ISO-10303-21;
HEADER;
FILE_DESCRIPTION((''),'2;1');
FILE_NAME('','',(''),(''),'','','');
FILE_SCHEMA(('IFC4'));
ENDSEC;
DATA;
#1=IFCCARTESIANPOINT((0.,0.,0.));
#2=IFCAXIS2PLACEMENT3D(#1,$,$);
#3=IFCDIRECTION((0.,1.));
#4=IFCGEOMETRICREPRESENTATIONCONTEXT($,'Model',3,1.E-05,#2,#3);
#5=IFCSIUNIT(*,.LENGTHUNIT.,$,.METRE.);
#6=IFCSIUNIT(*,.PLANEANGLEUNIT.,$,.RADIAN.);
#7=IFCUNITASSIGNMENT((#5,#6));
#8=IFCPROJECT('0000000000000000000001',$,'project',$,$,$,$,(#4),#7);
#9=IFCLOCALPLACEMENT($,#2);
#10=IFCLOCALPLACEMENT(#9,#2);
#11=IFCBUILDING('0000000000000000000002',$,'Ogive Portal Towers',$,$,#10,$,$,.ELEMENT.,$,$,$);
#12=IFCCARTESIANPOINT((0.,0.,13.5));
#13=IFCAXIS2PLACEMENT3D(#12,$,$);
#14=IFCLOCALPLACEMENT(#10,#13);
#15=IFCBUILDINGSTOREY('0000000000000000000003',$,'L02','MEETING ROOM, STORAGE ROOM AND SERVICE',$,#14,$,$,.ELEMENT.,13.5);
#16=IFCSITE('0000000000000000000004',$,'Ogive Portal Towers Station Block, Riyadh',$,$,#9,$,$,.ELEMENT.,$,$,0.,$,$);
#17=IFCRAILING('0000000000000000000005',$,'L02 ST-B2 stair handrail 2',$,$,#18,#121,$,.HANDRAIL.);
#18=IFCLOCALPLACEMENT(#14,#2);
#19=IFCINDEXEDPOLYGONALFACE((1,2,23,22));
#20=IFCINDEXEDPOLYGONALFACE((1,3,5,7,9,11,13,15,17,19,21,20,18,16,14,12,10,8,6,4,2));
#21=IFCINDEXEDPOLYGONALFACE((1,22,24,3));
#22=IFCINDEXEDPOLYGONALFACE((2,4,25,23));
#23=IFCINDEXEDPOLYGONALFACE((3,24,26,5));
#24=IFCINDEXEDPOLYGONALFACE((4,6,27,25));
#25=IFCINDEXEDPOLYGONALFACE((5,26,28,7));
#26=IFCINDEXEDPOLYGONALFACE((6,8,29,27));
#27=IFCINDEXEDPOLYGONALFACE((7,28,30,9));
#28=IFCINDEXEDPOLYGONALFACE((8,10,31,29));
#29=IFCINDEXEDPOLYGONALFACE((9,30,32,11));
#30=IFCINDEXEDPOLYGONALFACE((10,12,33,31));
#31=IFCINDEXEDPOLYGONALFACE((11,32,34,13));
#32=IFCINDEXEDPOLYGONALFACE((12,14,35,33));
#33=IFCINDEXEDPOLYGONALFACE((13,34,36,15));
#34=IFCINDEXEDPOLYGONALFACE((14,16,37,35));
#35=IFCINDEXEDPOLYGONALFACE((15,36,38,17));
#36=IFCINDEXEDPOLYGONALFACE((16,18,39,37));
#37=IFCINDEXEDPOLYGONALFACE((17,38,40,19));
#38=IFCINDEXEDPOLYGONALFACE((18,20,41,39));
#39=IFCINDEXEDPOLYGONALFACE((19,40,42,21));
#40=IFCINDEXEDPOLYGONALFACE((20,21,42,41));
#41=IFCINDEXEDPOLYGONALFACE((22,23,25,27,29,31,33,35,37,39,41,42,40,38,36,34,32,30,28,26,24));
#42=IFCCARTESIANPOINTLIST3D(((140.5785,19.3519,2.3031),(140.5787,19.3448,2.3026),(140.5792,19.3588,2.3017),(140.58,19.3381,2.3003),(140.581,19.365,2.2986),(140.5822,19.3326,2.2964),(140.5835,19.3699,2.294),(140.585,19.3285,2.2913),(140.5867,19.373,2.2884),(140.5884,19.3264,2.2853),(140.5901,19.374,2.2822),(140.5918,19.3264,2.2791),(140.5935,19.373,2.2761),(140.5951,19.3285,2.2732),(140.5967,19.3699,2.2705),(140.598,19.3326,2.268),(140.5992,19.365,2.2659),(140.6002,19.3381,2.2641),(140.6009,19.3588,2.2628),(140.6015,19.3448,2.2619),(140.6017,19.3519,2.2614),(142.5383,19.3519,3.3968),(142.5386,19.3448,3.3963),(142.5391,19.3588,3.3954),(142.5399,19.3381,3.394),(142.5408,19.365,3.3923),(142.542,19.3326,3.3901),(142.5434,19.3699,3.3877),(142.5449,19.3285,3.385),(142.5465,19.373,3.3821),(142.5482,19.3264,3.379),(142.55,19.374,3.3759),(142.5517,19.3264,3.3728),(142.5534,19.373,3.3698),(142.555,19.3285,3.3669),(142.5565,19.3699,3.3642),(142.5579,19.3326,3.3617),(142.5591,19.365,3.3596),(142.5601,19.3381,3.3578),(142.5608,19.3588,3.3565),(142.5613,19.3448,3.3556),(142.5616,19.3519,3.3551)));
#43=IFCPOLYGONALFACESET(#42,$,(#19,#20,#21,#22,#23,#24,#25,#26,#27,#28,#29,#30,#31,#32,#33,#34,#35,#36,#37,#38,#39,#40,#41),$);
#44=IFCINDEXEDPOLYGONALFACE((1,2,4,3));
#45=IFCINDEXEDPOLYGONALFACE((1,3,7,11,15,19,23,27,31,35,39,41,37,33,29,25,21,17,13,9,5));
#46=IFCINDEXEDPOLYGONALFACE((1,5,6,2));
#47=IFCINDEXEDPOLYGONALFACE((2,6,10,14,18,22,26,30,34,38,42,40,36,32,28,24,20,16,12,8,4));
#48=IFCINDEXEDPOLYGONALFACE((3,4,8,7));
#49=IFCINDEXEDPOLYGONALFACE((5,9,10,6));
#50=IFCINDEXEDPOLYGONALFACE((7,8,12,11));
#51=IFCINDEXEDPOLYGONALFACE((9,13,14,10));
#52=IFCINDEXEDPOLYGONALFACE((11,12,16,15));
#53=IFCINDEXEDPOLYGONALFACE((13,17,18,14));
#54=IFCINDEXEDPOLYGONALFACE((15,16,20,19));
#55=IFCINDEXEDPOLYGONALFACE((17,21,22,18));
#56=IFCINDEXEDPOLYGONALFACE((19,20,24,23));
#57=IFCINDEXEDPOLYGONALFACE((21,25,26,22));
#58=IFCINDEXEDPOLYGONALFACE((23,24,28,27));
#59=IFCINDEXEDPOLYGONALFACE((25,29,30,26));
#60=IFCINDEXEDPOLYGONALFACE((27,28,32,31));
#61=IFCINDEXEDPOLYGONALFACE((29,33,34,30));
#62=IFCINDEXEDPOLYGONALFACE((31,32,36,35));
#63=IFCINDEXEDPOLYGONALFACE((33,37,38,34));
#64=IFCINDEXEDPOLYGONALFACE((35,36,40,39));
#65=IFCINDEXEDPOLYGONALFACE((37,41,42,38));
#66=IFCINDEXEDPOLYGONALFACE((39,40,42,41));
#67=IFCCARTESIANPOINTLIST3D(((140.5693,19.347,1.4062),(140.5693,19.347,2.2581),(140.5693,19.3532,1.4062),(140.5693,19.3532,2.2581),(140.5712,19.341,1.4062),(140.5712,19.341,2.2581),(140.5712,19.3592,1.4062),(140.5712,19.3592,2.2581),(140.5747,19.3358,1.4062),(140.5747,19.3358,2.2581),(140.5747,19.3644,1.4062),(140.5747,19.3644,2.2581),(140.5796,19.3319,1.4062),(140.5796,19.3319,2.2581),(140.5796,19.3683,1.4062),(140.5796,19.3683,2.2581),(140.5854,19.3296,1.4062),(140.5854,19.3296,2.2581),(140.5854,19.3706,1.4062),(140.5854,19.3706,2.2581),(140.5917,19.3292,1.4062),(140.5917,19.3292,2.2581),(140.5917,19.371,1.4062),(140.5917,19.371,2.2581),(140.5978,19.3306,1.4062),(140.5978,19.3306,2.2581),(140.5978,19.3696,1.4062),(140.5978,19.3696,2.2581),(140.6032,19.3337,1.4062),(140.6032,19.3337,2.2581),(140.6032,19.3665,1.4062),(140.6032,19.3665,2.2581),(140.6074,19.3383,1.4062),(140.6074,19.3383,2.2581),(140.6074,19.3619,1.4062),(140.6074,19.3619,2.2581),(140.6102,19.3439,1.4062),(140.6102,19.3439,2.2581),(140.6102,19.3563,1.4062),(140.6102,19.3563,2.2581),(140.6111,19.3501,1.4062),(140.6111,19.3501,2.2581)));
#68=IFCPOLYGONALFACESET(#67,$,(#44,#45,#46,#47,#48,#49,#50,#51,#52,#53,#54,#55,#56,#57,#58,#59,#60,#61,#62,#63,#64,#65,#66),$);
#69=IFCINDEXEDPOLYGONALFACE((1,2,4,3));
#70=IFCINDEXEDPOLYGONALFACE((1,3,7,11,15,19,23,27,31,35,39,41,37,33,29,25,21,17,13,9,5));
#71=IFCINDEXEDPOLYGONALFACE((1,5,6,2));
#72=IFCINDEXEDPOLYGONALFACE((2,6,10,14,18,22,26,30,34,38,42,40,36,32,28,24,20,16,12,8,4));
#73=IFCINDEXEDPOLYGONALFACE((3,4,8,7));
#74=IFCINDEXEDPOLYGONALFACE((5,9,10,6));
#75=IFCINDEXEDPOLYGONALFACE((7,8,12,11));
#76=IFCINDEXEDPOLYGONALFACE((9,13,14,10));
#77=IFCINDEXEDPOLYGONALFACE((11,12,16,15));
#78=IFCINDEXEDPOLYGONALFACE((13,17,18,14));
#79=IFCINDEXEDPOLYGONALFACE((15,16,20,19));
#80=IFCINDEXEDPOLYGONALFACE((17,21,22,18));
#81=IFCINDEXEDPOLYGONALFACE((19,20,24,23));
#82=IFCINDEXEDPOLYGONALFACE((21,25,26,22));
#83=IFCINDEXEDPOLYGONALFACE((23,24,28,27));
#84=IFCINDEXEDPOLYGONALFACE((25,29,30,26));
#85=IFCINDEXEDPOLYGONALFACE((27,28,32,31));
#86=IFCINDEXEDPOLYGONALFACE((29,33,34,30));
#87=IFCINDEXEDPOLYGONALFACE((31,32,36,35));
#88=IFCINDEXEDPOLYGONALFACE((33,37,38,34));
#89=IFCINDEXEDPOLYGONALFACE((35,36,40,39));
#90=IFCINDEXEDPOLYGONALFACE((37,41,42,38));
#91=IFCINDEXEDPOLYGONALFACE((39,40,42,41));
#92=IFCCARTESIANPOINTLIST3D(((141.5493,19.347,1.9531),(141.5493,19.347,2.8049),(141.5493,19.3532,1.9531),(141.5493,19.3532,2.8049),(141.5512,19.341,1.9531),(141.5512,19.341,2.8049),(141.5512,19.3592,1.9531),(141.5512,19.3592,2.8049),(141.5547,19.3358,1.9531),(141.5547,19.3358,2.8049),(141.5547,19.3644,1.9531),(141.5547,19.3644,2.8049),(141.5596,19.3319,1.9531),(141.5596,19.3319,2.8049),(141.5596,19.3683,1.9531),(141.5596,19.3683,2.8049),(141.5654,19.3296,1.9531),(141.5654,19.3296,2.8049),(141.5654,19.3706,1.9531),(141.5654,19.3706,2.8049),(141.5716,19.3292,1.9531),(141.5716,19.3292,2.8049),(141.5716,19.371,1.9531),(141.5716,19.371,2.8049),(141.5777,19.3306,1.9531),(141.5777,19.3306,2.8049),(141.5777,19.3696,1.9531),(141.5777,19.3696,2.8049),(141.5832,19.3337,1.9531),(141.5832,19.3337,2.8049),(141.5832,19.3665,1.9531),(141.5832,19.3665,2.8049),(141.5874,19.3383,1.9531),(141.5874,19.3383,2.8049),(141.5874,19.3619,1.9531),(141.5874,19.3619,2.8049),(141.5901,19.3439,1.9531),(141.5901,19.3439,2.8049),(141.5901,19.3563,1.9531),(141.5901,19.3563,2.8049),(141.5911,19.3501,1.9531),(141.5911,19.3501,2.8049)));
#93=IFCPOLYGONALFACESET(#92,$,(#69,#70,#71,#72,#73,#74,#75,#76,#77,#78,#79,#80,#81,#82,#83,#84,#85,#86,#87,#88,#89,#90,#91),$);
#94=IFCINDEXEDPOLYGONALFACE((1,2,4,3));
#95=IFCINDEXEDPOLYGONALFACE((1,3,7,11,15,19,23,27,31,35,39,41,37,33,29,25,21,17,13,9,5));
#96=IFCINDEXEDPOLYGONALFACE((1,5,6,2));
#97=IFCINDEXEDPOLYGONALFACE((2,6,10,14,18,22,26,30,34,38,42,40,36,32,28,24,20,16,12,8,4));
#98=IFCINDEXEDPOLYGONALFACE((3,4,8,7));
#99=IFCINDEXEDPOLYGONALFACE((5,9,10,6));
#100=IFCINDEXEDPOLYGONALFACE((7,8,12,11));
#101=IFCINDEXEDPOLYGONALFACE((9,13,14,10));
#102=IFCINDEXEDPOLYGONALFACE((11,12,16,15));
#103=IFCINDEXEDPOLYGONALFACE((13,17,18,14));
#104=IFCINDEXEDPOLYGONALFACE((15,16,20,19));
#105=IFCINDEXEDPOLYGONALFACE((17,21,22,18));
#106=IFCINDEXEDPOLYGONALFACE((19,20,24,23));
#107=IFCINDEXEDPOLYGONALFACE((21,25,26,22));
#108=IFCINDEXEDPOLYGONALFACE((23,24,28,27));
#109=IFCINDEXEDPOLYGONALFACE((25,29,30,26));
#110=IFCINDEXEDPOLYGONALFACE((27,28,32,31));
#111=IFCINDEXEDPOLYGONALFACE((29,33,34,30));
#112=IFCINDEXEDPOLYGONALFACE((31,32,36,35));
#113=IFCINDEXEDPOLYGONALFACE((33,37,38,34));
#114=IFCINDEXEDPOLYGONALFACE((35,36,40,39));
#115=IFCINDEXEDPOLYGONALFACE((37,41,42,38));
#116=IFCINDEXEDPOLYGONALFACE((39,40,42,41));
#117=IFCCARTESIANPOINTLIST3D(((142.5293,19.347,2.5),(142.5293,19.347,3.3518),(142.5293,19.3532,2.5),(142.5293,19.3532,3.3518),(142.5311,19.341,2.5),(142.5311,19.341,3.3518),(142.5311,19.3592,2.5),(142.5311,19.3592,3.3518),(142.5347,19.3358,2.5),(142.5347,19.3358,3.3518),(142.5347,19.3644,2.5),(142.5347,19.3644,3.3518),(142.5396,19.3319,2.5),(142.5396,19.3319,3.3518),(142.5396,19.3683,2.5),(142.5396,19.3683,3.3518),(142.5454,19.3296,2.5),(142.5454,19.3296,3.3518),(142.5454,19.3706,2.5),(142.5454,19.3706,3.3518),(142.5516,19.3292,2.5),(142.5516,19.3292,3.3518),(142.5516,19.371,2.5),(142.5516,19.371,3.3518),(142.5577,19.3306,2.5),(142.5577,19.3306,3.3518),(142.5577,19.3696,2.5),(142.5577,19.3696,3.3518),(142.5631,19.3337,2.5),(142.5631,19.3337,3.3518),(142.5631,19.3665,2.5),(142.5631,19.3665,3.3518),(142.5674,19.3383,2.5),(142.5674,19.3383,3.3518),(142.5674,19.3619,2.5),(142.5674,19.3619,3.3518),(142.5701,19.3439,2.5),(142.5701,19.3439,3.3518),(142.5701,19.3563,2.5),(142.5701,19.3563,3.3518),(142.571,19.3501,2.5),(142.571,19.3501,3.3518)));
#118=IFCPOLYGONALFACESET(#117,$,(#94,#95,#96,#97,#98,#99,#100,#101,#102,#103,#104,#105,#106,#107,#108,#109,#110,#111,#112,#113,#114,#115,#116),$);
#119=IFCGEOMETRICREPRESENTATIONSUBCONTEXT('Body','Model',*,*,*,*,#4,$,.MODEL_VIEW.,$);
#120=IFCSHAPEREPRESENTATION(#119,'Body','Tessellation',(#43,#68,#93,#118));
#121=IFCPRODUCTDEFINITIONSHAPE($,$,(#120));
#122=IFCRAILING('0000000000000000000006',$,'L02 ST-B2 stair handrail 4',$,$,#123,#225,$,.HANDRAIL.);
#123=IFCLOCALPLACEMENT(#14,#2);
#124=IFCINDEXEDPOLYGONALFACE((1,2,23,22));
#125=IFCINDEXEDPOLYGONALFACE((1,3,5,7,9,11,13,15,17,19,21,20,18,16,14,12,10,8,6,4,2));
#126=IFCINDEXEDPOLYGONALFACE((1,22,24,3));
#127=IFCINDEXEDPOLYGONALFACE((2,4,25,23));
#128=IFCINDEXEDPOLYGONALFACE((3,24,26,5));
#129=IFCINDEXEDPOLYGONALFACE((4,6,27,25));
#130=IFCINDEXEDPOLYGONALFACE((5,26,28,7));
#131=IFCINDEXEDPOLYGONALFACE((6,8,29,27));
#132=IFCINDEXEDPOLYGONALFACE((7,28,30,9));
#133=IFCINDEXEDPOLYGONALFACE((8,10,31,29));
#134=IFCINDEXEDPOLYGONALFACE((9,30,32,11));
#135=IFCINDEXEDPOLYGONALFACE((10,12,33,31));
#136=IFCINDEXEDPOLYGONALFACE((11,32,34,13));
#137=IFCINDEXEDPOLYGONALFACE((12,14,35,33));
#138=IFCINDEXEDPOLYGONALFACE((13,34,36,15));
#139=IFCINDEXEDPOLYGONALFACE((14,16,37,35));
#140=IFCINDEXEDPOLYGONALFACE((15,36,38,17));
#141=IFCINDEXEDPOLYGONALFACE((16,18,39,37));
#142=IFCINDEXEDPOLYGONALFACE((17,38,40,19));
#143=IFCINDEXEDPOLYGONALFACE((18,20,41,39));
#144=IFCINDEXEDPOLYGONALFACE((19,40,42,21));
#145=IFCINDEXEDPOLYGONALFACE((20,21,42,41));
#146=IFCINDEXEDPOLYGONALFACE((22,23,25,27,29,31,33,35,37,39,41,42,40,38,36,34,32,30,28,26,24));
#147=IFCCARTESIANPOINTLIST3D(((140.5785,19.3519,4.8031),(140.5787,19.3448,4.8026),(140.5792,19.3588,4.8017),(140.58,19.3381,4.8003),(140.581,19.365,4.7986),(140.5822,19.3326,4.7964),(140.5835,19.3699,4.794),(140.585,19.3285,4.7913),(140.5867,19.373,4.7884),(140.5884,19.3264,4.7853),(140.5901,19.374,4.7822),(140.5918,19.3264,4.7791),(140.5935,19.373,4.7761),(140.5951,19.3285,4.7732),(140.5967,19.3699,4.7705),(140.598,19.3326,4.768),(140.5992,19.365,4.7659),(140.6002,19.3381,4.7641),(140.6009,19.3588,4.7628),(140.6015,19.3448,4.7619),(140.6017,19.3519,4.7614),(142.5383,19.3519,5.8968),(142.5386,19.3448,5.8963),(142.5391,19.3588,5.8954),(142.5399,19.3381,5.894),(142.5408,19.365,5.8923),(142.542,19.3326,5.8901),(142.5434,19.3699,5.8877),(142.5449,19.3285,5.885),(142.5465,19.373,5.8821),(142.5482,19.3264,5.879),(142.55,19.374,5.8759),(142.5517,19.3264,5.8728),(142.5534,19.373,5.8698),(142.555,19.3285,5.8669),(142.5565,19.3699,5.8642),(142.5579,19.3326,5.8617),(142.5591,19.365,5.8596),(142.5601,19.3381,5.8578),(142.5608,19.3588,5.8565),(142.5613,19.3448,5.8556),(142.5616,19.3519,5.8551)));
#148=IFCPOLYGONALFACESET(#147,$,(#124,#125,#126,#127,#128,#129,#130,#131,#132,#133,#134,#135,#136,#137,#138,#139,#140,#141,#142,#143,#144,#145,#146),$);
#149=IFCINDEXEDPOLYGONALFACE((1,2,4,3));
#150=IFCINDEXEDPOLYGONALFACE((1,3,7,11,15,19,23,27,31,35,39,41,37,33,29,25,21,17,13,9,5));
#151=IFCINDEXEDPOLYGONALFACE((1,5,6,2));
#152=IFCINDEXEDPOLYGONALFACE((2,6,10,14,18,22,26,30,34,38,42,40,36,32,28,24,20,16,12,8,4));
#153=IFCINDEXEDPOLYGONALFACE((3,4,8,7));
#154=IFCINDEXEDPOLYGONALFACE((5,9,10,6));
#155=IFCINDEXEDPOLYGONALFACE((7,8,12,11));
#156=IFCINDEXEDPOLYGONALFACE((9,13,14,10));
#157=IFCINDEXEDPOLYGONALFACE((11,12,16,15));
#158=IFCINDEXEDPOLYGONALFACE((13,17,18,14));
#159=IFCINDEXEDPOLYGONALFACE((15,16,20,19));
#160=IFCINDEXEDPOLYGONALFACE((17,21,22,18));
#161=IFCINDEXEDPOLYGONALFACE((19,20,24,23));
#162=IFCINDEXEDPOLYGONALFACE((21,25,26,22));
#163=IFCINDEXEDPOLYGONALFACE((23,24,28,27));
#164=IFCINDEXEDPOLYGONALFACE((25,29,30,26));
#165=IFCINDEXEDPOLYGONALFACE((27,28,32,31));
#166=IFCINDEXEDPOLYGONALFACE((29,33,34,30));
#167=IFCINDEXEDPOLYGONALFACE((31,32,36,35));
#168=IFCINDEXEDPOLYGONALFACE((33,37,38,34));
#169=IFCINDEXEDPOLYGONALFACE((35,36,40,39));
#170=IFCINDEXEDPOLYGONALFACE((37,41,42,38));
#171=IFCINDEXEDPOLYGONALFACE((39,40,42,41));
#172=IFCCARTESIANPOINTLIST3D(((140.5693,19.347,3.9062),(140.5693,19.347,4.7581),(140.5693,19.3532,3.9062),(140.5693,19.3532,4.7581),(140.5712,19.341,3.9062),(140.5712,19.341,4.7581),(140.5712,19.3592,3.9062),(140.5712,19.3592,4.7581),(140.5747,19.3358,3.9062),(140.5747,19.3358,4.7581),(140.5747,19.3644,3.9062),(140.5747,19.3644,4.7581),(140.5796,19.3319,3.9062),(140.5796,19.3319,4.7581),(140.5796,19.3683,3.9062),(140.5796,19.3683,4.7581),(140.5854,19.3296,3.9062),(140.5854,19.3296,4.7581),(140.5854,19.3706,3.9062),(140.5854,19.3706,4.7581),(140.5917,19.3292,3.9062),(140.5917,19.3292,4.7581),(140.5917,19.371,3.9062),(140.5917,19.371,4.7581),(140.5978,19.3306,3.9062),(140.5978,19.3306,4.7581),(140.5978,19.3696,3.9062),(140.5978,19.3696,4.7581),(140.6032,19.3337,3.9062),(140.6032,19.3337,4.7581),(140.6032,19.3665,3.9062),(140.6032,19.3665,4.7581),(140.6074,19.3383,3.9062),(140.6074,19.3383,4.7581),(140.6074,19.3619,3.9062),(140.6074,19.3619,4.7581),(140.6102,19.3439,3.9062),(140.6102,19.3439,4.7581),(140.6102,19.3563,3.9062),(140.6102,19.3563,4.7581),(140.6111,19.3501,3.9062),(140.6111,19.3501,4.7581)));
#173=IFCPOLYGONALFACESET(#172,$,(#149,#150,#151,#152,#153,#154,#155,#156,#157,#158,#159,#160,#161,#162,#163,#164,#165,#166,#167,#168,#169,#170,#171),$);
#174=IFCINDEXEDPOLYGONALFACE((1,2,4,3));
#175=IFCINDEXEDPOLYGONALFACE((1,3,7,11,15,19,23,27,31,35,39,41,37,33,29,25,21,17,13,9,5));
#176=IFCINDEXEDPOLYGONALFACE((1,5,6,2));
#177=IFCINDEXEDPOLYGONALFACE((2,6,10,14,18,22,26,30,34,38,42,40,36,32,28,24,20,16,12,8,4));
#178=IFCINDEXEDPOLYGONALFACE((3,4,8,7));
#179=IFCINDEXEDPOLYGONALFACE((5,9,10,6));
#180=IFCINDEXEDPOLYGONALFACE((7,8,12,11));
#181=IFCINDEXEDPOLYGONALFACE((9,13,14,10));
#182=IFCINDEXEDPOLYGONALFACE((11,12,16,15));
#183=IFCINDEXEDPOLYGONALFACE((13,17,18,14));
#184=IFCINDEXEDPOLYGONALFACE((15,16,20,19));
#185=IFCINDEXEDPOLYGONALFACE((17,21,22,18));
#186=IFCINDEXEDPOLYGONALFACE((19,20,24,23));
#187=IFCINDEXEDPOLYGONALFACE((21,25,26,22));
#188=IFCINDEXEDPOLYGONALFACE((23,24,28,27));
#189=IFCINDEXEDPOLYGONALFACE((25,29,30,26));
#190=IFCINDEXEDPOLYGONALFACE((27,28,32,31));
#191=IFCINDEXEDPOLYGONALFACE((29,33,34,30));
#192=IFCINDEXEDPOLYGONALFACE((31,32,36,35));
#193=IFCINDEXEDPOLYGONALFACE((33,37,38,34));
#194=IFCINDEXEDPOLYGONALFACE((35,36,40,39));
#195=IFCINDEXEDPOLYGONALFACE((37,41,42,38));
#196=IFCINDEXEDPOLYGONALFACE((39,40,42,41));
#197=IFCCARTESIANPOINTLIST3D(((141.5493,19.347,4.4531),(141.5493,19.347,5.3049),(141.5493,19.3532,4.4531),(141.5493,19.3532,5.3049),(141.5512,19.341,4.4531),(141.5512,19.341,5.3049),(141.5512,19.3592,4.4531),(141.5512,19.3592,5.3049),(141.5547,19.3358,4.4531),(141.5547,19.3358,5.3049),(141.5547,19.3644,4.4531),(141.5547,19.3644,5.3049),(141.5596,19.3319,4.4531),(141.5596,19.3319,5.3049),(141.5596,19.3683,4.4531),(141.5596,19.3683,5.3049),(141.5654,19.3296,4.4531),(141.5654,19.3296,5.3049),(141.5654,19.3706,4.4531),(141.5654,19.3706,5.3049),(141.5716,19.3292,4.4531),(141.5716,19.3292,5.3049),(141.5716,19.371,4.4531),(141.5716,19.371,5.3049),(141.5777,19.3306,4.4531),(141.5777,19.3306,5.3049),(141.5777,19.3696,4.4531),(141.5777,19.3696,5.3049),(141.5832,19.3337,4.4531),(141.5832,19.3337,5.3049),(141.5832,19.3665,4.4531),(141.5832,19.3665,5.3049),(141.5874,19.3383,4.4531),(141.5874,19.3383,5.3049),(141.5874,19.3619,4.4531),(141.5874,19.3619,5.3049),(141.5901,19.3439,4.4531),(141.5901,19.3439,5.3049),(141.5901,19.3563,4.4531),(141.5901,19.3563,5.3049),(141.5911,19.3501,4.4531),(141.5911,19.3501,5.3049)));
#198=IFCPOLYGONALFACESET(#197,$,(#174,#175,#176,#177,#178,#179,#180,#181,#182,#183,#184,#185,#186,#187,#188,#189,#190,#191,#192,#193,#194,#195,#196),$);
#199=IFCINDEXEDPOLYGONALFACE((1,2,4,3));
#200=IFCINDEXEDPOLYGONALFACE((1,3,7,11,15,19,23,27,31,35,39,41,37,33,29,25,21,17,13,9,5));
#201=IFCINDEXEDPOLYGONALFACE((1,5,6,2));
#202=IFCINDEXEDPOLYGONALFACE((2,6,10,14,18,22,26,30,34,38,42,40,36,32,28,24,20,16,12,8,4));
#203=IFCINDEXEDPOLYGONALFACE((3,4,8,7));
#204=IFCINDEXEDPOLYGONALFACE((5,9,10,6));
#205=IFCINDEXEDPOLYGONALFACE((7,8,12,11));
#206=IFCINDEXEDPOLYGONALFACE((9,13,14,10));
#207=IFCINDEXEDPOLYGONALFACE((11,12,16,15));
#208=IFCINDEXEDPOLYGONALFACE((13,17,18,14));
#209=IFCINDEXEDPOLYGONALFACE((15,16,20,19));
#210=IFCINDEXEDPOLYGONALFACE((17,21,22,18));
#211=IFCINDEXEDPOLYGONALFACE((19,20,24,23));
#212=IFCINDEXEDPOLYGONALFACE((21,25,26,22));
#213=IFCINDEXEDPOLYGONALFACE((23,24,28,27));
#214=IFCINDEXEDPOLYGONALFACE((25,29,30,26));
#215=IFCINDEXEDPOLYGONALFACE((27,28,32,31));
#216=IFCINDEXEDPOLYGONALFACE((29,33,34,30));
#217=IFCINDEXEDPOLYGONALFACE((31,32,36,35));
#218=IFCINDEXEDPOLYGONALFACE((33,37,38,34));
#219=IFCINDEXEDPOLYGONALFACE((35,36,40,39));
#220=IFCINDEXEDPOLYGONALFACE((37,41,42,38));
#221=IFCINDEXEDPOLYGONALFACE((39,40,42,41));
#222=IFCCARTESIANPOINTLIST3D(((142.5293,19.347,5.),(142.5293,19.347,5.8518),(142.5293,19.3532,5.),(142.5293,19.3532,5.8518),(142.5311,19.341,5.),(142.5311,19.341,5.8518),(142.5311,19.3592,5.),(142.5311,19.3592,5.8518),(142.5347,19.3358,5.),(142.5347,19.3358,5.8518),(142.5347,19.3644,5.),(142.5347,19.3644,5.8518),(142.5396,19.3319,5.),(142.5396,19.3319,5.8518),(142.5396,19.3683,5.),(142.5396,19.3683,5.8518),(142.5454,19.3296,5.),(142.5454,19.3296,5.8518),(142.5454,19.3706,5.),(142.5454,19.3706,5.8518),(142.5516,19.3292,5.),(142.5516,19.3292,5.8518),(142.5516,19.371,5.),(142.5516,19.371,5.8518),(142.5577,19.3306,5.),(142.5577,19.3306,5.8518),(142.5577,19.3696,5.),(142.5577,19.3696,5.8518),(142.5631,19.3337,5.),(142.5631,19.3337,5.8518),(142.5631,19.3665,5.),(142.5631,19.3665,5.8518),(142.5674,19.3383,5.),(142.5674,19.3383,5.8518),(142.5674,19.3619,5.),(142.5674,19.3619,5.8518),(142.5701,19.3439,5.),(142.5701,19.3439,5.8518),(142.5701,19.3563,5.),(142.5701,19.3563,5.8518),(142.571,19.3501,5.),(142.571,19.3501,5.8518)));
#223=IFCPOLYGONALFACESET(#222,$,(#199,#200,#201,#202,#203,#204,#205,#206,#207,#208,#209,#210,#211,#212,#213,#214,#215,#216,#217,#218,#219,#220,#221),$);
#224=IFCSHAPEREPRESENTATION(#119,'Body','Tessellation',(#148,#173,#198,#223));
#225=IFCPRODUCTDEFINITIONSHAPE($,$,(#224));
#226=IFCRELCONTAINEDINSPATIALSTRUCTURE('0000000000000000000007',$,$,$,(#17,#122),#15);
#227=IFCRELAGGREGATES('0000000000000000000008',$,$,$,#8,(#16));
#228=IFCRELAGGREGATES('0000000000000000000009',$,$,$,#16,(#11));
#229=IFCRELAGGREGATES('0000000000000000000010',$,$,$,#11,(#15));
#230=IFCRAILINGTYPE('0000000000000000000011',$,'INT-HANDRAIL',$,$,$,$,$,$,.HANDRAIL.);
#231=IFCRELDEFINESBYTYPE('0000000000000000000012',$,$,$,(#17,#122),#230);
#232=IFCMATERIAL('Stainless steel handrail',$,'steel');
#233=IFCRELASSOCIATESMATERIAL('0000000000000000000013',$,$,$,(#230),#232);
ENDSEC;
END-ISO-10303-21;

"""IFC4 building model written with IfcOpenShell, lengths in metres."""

from ifc_helpers import new_model, si_unit, direction, frame, origin, origin_2d, place, context, subcontext, project, spatial, circle, extrude, material, type_object, element, save


model = new_model("IFC4")

# Units and contexts
model_context = context("Model", 3, precision=1e-05, world=origin(), true_north=direction((0.0, 1.0)))
body_context = subcontext(model_context, "Body", "Model", "MODEL_VIEW")
ifc_project = project(units=[si_unit("LENGTHUNIT", "METRE"), si_unit("PLANEANGLEUNIT", "RADIAN")], contexts=[model_context])

# Site, building, storey
site_placement = place(None, origin())
site = spatial("IfcSite", under=ifc_project, at=site_placement, Name="Ogive Portal Towers Station Block, Riyadh", CompositionType="ELEMENT", RefElevation=0.0)
building_placement = place(site_placement, origin())
building = spatial("IfcBuilding", under=site, at=building_placement, Name="Ogive Portal Towers", CompositionType="ELEMENT")
storey_placement = place(building_placement, frame((0.0, 0.0, 13.5)))
storey = spatial("IfcBuildingStorey", under=building, at=storey_placement, Name="L02", Description="MEETING ROOM, STORAGE ROOM AND SERVICE", CompositionType="ELEMENT", Elevation=13.5)

# Railings
ifc_material_1 = material(Name="Stainless steel handrail", Category="steel")
railing_type_1 = type_object("IfcRailingType", Name="INT-HANDRAIL", PredefinedType="HANDRAIL", material=ifc_material_1)
for number, where, name in (
    (1, (140.5901, 19.3501, 1.4062), "L02 ST-B2 stair handrail 2"),
    (2, (140.5901, 19.3501, 3.9062), "L02 ST-B2 stair handrail 4"),
):
    element("IfcRailing", number, at=place(storey_placement, frame(where)), inside=storey, type_object=railing_type_1, Name=name, PredefinedType="HANDRAIL", context=body_context, shape_type="SweptSolid", body=[
        extrude(circle(Radius=0.0239, at=origin_2d()), frame((0.0, 0.0, 0.876), z_axis=(0.873232, 0.0, 0.487304), x_axis=(0.0, 1.0, 0.0)), (0.0, 0.0, 1.0), 2.2444),
        extrude(circle(Radius=0.021, at=origin_2d()), origin(), (0.0, 0.0, 1.0), 0.8518),
        extrude(circle(Radius=0.021, at=origin_2d()), frame((0.98, 0.0, 0.5469)), (0.0, 0.0, 1.0), 0.8518),
        extrude(circle(Radius=0.021, at=origin_2d()), frame((1.96, 0.0, 1.0938)), (0.0, 0.0, 1.0), 0.8518),
    ])

save(model, "model.ifc")
